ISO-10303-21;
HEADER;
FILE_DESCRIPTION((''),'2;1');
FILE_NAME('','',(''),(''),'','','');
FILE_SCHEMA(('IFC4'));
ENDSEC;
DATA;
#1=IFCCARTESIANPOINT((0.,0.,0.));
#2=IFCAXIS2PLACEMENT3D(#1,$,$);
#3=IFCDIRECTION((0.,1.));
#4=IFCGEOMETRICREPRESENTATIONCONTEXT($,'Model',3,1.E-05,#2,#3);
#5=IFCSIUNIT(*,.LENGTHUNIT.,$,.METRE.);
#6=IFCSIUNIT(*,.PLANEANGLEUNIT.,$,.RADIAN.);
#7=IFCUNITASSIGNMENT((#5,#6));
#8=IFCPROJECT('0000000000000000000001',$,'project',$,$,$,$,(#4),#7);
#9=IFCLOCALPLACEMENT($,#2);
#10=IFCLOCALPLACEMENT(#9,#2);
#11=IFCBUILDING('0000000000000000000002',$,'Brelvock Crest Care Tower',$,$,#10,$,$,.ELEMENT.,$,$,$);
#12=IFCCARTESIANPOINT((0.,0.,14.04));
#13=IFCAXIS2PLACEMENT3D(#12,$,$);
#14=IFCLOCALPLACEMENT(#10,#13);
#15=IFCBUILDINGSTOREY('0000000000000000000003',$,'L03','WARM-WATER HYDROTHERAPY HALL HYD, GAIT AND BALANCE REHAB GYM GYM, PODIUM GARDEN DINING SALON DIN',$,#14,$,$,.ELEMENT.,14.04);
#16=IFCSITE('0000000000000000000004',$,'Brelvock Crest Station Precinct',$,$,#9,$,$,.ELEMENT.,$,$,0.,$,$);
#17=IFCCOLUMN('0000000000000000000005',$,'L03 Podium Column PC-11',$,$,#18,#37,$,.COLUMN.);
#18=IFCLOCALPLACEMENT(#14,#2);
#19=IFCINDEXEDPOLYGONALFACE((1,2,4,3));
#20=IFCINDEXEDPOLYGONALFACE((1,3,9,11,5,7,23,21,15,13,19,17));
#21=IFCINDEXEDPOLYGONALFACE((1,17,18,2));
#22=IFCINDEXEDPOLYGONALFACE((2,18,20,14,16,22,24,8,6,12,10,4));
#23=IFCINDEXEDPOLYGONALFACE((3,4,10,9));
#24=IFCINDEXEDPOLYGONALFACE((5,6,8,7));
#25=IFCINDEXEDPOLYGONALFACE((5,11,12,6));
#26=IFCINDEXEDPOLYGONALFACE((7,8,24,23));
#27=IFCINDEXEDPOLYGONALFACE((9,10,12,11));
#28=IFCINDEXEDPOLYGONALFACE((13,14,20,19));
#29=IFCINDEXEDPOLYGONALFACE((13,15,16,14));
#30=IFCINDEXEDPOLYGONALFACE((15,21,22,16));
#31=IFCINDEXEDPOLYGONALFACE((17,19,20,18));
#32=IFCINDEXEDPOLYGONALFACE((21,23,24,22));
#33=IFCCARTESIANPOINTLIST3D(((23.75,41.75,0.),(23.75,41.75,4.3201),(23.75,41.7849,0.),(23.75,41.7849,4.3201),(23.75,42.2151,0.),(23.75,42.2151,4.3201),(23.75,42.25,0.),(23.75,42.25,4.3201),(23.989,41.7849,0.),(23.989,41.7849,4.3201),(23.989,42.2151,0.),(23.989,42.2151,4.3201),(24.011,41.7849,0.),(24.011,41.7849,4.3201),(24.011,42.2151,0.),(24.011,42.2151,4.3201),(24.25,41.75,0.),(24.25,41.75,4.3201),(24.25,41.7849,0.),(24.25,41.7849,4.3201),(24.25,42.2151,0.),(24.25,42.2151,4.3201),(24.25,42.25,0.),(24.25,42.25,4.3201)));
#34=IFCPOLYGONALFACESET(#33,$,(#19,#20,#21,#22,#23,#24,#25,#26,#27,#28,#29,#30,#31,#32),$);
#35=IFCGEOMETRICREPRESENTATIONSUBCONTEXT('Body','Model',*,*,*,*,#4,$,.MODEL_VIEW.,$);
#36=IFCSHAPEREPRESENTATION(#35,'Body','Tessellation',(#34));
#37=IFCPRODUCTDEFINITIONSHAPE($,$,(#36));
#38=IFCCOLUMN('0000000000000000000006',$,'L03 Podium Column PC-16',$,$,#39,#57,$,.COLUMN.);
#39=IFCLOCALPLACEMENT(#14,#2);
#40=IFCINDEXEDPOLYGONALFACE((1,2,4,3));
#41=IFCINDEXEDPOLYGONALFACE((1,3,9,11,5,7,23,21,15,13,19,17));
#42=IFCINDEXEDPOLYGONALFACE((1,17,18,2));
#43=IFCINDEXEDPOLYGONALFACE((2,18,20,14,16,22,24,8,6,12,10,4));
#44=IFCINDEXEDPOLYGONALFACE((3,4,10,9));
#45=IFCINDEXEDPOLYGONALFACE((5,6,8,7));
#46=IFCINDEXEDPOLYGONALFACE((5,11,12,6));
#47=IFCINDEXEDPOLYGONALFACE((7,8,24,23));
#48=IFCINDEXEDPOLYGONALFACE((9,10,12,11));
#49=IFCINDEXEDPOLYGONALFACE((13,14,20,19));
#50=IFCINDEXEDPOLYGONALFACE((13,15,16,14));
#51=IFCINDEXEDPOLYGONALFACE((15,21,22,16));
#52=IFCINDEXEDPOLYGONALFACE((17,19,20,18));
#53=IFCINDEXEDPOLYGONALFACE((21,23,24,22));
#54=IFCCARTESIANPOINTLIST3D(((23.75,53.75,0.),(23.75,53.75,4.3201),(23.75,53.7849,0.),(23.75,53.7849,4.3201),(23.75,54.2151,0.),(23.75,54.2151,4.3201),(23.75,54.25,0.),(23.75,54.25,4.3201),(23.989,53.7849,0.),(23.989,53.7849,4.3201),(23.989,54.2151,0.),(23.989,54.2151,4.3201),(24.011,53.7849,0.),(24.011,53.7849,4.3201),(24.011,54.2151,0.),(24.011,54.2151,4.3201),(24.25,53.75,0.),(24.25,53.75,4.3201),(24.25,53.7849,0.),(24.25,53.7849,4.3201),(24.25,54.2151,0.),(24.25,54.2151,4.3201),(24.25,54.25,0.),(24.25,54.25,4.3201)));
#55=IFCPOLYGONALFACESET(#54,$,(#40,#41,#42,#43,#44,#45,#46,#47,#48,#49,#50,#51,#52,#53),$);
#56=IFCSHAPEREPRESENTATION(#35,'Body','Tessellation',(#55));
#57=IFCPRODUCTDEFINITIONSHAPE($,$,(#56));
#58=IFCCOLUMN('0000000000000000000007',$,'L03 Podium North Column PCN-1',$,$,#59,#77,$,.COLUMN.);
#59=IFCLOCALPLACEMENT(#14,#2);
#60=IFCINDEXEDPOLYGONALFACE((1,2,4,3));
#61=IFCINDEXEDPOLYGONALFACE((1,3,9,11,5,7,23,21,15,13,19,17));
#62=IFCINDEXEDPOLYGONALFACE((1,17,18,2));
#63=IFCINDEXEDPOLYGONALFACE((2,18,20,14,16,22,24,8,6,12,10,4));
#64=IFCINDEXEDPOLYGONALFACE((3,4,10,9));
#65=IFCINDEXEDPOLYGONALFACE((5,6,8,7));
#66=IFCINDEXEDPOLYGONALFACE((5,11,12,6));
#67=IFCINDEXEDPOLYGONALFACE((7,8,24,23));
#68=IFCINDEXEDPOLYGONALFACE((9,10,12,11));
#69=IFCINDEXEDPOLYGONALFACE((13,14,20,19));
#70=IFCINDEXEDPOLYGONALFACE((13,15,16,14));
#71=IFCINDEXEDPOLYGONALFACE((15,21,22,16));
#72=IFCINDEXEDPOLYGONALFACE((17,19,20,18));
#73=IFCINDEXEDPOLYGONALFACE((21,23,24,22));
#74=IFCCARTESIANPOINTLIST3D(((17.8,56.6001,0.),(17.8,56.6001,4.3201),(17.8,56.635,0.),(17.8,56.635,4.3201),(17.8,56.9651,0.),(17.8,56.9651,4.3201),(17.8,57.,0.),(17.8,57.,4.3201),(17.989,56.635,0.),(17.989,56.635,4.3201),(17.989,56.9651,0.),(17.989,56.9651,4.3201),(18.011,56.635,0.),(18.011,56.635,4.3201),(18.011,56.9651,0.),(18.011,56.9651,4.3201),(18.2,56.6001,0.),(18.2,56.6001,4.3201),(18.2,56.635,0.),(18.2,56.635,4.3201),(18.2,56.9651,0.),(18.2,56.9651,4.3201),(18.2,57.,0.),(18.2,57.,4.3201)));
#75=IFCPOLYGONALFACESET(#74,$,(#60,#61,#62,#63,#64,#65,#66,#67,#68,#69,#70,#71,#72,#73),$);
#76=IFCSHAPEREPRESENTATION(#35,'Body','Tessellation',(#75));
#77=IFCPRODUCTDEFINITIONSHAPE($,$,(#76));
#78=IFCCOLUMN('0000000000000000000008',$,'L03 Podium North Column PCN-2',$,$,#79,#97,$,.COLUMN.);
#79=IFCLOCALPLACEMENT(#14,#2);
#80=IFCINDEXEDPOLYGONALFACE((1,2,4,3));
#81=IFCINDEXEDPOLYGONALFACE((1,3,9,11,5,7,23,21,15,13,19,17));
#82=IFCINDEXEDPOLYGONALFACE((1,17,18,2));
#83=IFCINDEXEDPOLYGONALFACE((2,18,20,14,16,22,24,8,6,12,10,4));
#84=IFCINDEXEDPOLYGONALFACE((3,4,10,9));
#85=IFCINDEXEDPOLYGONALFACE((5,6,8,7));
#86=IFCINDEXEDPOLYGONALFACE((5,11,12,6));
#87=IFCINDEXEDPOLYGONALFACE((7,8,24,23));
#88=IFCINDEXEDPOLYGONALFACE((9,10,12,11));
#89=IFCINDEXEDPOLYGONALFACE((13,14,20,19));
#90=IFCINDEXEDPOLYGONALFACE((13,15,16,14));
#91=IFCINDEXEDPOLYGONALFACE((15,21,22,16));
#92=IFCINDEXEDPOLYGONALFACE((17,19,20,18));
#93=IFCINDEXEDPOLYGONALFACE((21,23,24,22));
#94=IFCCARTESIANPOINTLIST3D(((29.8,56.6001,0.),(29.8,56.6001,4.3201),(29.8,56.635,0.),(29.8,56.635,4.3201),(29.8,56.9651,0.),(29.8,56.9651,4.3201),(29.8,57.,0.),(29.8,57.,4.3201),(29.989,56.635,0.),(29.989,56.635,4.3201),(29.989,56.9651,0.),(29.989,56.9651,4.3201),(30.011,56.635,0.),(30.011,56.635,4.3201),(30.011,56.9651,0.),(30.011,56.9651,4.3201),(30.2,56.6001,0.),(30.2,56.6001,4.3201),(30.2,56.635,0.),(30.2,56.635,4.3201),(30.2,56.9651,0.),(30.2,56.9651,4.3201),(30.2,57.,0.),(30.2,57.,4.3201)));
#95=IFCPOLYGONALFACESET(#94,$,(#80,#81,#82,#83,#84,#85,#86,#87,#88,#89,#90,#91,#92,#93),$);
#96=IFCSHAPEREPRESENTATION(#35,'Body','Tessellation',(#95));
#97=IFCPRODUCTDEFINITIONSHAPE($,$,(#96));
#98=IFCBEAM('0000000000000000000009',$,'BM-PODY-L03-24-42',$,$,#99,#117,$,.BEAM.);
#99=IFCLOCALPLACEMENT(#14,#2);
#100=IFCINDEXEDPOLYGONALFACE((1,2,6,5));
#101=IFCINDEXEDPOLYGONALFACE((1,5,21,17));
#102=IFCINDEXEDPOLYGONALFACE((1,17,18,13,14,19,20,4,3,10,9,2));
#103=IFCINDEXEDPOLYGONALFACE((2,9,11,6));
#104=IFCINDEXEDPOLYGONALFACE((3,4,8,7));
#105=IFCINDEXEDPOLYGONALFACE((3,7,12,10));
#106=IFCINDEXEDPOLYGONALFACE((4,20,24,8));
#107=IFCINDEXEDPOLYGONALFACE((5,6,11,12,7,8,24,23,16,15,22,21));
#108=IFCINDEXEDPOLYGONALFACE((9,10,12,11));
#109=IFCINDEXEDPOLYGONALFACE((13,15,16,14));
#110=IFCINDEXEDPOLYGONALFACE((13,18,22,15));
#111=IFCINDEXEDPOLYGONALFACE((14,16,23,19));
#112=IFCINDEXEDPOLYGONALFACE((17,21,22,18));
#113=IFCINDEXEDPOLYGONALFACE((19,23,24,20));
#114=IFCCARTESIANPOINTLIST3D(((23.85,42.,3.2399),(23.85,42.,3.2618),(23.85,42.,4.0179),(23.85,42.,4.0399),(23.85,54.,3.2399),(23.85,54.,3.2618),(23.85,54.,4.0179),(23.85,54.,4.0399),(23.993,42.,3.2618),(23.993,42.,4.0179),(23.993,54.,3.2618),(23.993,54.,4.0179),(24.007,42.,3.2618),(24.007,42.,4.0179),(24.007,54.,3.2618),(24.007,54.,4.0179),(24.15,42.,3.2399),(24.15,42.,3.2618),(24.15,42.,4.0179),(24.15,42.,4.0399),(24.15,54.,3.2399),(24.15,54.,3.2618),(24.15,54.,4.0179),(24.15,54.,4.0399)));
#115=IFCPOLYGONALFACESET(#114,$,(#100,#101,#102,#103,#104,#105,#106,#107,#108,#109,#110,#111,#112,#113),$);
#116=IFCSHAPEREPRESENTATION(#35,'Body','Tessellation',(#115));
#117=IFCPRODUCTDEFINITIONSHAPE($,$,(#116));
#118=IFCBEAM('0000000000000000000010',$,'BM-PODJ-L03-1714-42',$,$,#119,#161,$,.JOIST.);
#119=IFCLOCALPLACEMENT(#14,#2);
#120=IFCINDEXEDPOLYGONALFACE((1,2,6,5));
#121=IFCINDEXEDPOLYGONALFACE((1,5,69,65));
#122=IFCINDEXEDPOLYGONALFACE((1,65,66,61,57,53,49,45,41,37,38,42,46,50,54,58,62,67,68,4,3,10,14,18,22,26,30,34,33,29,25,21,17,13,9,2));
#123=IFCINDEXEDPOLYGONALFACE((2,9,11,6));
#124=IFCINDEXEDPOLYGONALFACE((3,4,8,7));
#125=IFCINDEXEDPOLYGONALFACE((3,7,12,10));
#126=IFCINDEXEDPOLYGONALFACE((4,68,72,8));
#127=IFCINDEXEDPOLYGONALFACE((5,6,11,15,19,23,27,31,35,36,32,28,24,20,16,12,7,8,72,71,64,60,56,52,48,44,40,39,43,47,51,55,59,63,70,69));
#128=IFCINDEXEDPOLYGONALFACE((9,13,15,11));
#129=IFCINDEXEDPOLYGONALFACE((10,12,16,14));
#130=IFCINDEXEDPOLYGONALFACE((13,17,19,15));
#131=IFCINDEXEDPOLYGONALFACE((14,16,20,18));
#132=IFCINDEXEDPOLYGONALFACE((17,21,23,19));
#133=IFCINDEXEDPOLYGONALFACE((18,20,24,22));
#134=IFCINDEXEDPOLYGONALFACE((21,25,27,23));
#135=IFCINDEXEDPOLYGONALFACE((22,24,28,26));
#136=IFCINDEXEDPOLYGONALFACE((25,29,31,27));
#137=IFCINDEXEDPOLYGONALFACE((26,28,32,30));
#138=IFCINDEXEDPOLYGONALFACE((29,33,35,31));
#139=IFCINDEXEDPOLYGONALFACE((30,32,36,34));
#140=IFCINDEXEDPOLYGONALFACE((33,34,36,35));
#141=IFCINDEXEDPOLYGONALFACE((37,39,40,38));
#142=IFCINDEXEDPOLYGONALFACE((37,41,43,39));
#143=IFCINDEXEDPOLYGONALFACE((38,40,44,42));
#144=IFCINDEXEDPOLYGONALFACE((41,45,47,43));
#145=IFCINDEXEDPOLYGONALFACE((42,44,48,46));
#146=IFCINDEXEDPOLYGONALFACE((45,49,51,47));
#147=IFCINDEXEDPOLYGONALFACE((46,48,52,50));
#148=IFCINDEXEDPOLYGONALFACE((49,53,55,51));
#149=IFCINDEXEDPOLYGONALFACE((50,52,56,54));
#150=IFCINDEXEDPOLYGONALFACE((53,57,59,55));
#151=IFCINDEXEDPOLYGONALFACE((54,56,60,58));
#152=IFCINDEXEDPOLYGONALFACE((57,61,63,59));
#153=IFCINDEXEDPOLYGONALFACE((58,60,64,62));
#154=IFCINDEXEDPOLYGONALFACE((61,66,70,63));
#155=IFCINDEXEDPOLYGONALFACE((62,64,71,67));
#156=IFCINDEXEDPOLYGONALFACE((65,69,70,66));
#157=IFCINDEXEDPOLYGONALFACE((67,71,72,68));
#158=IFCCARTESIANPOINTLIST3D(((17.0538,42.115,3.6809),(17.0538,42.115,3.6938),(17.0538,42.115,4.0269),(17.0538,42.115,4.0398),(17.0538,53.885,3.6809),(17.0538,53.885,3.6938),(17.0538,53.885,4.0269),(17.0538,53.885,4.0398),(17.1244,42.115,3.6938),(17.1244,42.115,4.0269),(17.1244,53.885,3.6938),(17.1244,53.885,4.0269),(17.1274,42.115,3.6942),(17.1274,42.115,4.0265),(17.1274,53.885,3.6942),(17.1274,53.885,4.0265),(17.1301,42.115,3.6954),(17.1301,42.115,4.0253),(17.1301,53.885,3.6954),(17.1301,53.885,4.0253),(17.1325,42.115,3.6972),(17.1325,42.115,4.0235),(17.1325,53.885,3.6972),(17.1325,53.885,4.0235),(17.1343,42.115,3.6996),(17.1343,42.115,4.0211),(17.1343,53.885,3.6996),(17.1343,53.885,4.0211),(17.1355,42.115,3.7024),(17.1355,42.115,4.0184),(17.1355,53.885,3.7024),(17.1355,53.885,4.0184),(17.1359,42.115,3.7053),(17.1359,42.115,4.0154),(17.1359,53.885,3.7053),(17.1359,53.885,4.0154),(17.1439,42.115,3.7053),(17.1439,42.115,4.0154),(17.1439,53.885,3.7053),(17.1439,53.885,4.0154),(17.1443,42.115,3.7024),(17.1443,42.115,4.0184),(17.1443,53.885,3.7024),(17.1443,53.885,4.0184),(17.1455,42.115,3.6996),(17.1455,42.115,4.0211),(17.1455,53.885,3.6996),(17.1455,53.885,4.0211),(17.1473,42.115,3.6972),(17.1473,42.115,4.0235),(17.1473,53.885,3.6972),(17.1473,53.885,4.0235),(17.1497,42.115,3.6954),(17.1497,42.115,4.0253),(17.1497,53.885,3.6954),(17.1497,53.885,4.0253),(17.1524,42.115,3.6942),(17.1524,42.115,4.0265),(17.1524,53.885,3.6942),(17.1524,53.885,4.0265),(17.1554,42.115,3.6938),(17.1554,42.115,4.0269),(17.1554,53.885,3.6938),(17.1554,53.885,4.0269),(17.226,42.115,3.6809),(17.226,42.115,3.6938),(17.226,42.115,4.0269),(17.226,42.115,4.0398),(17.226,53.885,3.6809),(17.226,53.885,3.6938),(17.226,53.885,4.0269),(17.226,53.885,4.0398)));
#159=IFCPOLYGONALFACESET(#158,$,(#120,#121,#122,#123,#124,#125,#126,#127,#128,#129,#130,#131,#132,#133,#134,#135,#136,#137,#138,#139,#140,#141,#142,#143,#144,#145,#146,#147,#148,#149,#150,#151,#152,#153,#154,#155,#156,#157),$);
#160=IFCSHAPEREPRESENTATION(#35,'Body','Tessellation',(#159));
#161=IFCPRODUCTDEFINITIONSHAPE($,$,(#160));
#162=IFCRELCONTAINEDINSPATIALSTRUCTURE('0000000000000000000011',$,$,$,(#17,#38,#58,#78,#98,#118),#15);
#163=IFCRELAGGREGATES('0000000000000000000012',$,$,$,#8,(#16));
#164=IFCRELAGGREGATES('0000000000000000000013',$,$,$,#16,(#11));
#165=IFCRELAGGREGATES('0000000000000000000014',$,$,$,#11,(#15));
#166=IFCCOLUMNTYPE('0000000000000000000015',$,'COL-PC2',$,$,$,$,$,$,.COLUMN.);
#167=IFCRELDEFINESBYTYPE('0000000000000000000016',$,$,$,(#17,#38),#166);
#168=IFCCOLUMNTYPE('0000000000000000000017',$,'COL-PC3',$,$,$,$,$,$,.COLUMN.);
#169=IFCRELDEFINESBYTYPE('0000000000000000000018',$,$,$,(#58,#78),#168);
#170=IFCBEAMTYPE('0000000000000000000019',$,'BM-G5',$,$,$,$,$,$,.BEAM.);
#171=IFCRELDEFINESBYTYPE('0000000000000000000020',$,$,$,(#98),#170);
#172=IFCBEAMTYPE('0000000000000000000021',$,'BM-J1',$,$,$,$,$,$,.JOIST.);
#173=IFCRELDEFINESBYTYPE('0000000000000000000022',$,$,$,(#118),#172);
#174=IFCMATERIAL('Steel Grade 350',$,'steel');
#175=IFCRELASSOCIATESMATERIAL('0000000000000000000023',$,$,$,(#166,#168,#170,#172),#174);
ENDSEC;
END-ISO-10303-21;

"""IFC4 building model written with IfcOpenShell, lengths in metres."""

from ifc_helpers import new_model, si_unit, direction, frame, origin, origin_2d, place, context, subcontext, project, spatial, i_section, extrude, source, transform, mapped, material, material_profile, profile_set, type_object, element, save


model = new_model("IFC4")

# Units and contexts
model_context = context("Model", 3, precision=1e-05, world=origin(), true_north=direction((0.0, 1.0)))
body_context = subcontext(model_context, "Body", "Model", "MODEL_VIEW")
ifc_project = project(units=[si_unit("LENGTHUNIT", "METRE"), si_unit("PLANEANGLEUNIT", "RADIAN")], contexts=[model_context])

# Site, building, storey
site_placement = place(None, origin())
site = spatial("IfcSite", under=ifc_project, at=site_placement, Name="Brelvock Crest Station Precinct", CompositionType="ELEMENT", RefElevation=0.0)
building_placement = place(site_placement, origin())
building = spatial("IfcBuilding", under=site, at=building_placement, Name="Brelvock Crest Care Tower", CompositionType="ELEMENT")
storey_placement = place(building_placement, frame((0.0, 0.0, 14.04)))
storey = spatial("IfcBuildingStorey", under=building, at=storey_placement, Name="L03", Description="WARM-WATER HYDROTHERAPY HALL HYD, GAIT AND BALANCE REHAB GYM GYM, PODIUM GARDEN DINING SALON DIN", CompositionType="ELEMENT", Elevation=14.04)

# Columns
ifc_material_1 = material(Name="Steel Grade 350", Category="steel")
ifc_material_profile_1 = material_profile(ifc_material_1, i_section(OverallWidth=0.5, OverallDepth=0.5, WebThickness=0.022, FlangeThickness=0.0349, at=origin_2d()), Name="500WC340")
ifc_profile_set_1 = profile_set([ifc_material_profile_1], Name="Steel Grade 350")
column_type_1 = type_object("IfcColumnType", Name="COL-PC2", PredefinedType="COLUMN", material=ifc_profile_set_1)
shared_shape_1 = source(origin(), body_context, "Body", "SweptSolid", [
    extrude(i_section(OverallWidth=0.5, OverallDepth=0.5, WebThickness=0.022, FlangeThickness=0.0349, at=origin_2d()), origin(), (0.0, 0.0, 1.0), 4.3201),
])
for number, where, z_axis, x_axis, name in (
    (1, (24.0, 42.0, 0.0), (0.0, 0.0, 1.0), (1.0, 0.0, 0.0), "L03 Podium Column PC-11"),
    (2, (24.0, 54.0, 0.0), (0.0, 0.0, 1.0), (1.0, 0.0, 0.0), "L03 Podium Column PC-16"),
):
    element("IfcColumn", number, at=place(storey_placement, frame(where, z_axis=z_axis, x_axis=x_axis)), inside=storey, type_object=column_type_1, Name=name, PredefinedType="COLUMN", context=body_context, shape_type="MappedRepresentation", body=[
        mapped(shared_shape_1, transform((0.0, 0.0, 0.0), x_axis=(1.0, 0.0, 0.0), y_axis=(0.0, 1.0, 0.0), z_axis=(0.0, 0.0, 1.0), scale=1.0)),
    ])
ifc_material_profile_2 = material_profile(ifc_material_1, i_section(OverallWidth=0.3999, OverallDepth=0.3999, WebThickness=0.022, FlangeThickness=0.0349, at=origin_2d()), Name="400WC270")
ifc_profile_set_2 = profile_set([ifc_material_profile_2], Name="Steel Grade 350")
column_type_2 = type_object("IfcColumnType", Name="COL-PC3", PredefinedType="COLUMN", material=ifc_profile_set_2)
shared_shape_2 = source(origin(), body_context, "Body", "SweptSolid", [
    extrude(i_section(OverallWidth=0.3999, OverallDepth=0.3999, WebThickness=0.022, FlangeThickness=0.0349, at=origin_2d()), origin(), (0.0, 0.0, 1.0), 4.3201),
])
for number, where, z_axis, x_axis, name in (
    (3, (18.0, 56.8, 0.0), (0.0, 0.0, 1.0), (1.0, 0.0, 0.0), "L03 Podium North Column PCN-1"),
    (4, (30.0, 56.8, 0.0), (0.0, 0.0, 1.0), (1.0, 0.0, 0.0), "L03 Podium North Column PCN-2"),
):
    element("IfcColumn", number, at=place(storey_placement, frame(where, z_axis=z_axis, x_axis=x_axis)), inside=storey, type_object=column_type_2, Name=name, PredefinedType="COLUMN", context=body_context, shape_type="MappedRepresentation", body=[
        mapped(shared_shape_2, transform((0.0, 0.0, 0.0), x_axis=(1.0, 0.0, 0.0), y_axis=(0.0, 1.0, 0.0), z_axis=(0.0, 0.0, 1.0), scale=1.0)),
    ])

# Beams
ifc_material_profile_3 = material_profile(ifc_material_1, i_section(OverallWidth=0.3, OverallDepth=0.8, WebThickness=0.0139, FlangeThickness=0.022, at=origin_2d()), Name="800WB192")
ifc_profile_set_3 = profile_set([ifc_material_profile_3], Name="Steel Grade 350")
beam_type_1 = type_object("IfcBeamType", Name="BM-G5", PredefinedType="BEAM", material=ifc_profile_set_3)
shared_shape_3 = source(origin(), body_context, "Body", "SweptSolid", [
    extrude(i_section(OverallWidth=0.3, OverallDepth=0.8, WebThickness=0.0139, FlangeThickness=0.022, at=origin_2d()), origin(), (0.0, 0.0, 1.0), 12.0),
])
beam_placement = place(storey_placement, frame((24.0, 42.0, 3.6399), z_axis=(0.0, 1.0, 0.0), x_axis=(-1.0, 0.0, 0.0)))
element("IfcBeam", 5, at=beam_placement, inside=storey, type_object=beam_type_1, Name="BM-PODY-L03-24-42", PredefinedType="BEAM", context=body_context, shape_type="MappedRepresentation", body=[
    mapped(shared_shape_3, transform((0.0, 0.0, 0.0), x_axis=(1.0, 0.0, 0.0), y_axis=(0.0, 1.0, 0.0), z_axis=(0.0, 0.0, 1.0), scale=1.0)),
])
ifc_material_profile_4 = material_profile(ifc_material_1, i_section(OverallWidth=0.1721, OverallDepth=0.3589, WebThickness=0.0081, FlangeThickness=0.0129, FilletRadius=0.0115, at=origin_2d()), Name="360UB56.7")
ifc_profile_set_4 = profile_set([ifc_material_profile_4], Name="Steel Grade 350")
beam_type_2 = type_object("IfcBeamType", Name="BM-J1", PredefinedType="JOIST", material=ifc_profile_set_4)
shared_shape_4 = source(origin(), body_context, "Body", "SweptSolid", [
    extrude(i_section(OverallWidth=0.1721, OverallDepth=0.3589, WebThickness=0.0081, FlangeThickness=0.0129, FilletRadius=0.0115, at=origin_2d()), origin(), (0.0, 0.0, 1.0), 11.77),
])
for number, where, z_axis, x_axis, name in (
    (6, (17.1399, 42.115, 3.8604), (0.0, 1.0, 0.0), (-1.0, 0.0, 0.0), "BM-PODJ-L03-1714-42"),
):
    element("IfcBeam", number, at=place(storey_placement, frame(where, z_axis=z_axis, x_axis=x_axis)), inside=storey, type_object=beam_type_2, Name=name, PredefinedType="JOIST", context=body_context, shape_type="MappedRepresentation", body=[
        mapped(shared_shape_4, transform((0.0, 0.0, 0.0), x_axis=(1.0, 0.0, 0.0), y_axis=(0.0, 1.0, 0.0), z_axis=(0.0, 0.0, 1.0), scale=1.0)),
    ])

save(model, "model.ifc")
